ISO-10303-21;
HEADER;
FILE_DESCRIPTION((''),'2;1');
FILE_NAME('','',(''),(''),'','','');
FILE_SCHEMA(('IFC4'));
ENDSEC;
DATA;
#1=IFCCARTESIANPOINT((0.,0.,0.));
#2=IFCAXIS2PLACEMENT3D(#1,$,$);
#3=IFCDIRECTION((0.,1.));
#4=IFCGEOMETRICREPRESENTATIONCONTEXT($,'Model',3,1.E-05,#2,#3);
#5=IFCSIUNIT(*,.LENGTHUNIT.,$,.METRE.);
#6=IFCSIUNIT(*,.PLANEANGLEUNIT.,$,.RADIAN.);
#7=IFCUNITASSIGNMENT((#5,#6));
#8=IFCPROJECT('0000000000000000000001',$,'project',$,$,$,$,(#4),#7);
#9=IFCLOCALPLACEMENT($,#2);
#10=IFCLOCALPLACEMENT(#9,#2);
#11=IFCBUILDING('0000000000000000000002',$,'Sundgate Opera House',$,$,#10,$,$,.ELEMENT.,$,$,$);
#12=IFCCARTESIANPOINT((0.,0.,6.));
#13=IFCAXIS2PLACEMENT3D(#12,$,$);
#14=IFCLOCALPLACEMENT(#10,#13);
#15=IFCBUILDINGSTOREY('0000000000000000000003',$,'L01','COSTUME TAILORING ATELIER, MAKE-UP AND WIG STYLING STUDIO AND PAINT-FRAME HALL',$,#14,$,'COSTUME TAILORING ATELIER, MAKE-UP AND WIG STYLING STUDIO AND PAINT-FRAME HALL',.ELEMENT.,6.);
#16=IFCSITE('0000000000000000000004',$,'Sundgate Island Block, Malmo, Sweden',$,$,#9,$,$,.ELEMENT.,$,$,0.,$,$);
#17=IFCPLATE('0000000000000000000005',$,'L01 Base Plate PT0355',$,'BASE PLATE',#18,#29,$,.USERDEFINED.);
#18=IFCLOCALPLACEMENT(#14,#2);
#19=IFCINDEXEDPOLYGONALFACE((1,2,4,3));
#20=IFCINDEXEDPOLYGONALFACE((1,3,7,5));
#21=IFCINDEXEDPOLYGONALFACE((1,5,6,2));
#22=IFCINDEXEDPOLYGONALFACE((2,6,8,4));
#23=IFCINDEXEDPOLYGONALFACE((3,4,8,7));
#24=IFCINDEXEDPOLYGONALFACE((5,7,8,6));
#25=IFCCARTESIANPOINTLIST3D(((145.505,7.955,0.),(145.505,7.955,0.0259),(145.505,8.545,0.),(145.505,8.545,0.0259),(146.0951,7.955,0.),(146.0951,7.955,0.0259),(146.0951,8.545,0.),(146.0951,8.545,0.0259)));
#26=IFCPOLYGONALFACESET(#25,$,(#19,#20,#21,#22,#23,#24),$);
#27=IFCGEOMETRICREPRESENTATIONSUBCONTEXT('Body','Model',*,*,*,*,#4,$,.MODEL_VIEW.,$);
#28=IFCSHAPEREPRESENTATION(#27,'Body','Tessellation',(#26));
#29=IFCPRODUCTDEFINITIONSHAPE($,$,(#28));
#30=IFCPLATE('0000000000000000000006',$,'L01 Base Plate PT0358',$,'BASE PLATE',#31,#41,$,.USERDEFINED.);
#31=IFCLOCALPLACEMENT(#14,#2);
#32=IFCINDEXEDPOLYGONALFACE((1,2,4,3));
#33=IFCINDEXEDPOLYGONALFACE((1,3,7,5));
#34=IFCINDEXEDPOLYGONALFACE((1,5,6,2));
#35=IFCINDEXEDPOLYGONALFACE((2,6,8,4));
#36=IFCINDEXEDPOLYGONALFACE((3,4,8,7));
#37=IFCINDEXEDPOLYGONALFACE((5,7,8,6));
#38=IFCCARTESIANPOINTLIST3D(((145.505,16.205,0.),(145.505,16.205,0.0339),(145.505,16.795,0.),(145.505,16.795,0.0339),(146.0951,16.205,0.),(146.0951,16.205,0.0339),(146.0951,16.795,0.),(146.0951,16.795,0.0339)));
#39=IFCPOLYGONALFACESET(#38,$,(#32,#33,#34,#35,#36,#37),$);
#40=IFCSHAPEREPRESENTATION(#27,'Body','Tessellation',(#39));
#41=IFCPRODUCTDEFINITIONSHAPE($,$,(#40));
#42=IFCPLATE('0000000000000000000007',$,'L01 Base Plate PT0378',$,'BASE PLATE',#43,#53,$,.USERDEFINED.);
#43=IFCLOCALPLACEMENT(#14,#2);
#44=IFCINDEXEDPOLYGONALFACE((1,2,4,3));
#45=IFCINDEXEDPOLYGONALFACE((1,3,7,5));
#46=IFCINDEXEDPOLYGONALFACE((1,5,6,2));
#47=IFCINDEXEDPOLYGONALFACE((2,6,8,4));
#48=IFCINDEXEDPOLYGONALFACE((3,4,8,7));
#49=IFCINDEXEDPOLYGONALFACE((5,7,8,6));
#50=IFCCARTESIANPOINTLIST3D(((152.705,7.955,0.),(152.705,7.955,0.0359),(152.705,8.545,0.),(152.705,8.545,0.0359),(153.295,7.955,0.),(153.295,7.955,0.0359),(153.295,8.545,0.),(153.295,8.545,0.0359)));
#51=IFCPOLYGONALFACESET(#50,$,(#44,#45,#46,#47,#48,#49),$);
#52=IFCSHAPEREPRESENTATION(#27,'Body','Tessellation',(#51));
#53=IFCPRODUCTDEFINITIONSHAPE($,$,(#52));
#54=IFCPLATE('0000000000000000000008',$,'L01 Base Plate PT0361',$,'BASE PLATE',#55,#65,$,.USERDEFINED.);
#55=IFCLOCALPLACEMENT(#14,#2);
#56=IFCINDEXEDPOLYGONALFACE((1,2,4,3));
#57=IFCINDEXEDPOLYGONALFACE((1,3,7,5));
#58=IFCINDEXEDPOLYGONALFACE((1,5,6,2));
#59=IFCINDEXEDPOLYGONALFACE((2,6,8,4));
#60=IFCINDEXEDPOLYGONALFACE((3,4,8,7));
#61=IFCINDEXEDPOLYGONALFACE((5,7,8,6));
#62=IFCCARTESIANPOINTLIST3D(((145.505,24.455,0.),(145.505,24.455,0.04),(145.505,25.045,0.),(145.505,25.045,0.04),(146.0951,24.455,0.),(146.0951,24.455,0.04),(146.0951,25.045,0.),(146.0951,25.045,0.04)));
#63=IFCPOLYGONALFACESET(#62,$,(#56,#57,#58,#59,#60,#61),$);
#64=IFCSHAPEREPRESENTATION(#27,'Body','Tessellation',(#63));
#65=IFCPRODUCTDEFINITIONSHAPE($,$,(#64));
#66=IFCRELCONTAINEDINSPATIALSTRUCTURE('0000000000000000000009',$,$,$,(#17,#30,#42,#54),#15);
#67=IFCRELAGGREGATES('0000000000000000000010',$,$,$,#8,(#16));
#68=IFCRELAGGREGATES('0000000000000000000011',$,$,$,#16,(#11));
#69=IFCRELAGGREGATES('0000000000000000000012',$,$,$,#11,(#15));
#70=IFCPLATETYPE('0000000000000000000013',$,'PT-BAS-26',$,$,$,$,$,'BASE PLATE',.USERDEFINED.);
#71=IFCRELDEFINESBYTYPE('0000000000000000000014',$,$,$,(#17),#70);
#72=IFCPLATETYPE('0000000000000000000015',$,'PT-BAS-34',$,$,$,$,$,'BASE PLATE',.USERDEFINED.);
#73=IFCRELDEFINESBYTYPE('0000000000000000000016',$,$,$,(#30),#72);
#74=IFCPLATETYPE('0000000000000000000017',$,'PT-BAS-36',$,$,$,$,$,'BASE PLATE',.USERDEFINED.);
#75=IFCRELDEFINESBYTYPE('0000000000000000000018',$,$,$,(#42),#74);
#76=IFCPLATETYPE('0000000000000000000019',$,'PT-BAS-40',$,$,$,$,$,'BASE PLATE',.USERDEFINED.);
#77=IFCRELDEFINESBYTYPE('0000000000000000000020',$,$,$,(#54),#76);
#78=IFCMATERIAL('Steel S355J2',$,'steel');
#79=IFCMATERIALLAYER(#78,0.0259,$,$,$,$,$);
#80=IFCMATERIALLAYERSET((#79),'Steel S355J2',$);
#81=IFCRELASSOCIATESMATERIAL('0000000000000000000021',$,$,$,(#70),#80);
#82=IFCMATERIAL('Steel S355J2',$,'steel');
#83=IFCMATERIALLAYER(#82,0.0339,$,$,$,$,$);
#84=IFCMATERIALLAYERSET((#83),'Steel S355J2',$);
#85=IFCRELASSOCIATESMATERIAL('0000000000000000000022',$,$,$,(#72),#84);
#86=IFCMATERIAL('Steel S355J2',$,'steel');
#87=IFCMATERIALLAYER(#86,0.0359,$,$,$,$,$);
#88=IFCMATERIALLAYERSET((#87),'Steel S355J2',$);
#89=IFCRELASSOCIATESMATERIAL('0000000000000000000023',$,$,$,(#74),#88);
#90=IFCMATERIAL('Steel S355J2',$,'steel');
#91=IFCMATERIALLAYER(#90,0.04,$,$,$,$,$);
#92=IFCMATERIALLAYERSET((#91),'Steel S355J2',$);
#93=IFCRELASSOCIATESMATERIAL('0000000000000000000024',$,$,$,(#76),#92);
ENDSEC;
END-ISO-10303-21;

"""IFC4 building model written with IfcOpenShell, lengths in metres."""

from ifc_helpers import new_model, si_unit, direction, frame, origin, origin_2d, place, context, subcontext, project, spatial, rectangle, extrude, material, layer, layer_set, type_object, element, save


model = new_model("IFC4")

# Units and contexts
model_context = context("Model", 3, precision=1e-05, world=origin(), true_north=direction((0.0, 1.0)))
body_context = subcontext(model_context, "Body", "Model", "MODEL_VIEW")
ifc_project = project(units=[si_unit("LENGTHUNIT", "METRE"), si_unit("PLANEANGLEUNIT", "RADIAN")], contexts=[model_context])

# Site, building, storey
site_placement = place(None, origin())
site = spatial("IfcSite", under=ifc_project, at=site_placement, Name="Sundgate Island Block, Malmo, Sweden", CompositionType="ELEMENT", RefElevation=0.0)
building_placement = place(site_placement, origin())
building = spatial("IfcBuilding", under=site, at=building_placement, Name="Sundgate Opera House", CompositionType="ELEMENT")
storey_placement = place(building_placement, frame((0.0, 0.0, 6.0)))
storey = spatial("IfcBuildingStorey", under=building, at=storey_placement, Name="L01", Description="COSTUME TAILORING ATELIER, MAKE-UP AND WIG STYLING STUDIO AND PAINT-FRAME HALL", LongName="COSTUME TAILORING ATELIER, MAKE-UP AND WIG STYLING STUDIO AND PAINT-FRAME HALL", CompositionType="ELEMENT", Elevation=6.0)

# Plates
ifc_material_1 = material(Name="Steel S355J2", Category="steel")
ifc_layer_1 = layer(ifc_material_1, 0.0259)
ifc_layer_set_1 = layer_set([ifc_layer_1], Name="Steel S355J2")
plate_type_1 = type_object("IfcPlateType", Name="PT-BAS-26", ElementType="BASE PLATE", PredefinedType="USERDEFINED", material=ifc_layer_set_1)
plate_1_placement = place(storey_placement, frame((145.8, 8.25, 0.0), z_axis=(0.0, 0.0, 1.0), x_axis=(1.0, 0.0, 0.0)))
element("IfcPlate", 1, at=plate_1_placement, inside=storey, type_object=plate_type_1, Name="L01 Base Plate PT0355", ObjectType="BASE PLATE", PredefinedType="USERDEFINED", context=body_context, shape_type="SweptSolid", body=[
    extrude(rectangle(XDim=0.5901, YDim=0.5901, at=origin_2d()), origin(), (0.0, 0.0, 1.0), 0.0259),
])
ifc_material_2 = material(Name="Steel S355J2", Category="steel")
ifc_layer_2 = layer(ifc_material_2, 0.0339)
ifc_layer_set_2 = layer_set([ifc_layer_2], Name="Steel S355J2")
plate_type_2 = type_object("IfcPlateType", Name="PT-BAS-34", ElementType="BASE PLATE", PredefinedType="USERDEFINED", material=ifc_layer_set_2)
plate_2_placement = place(storey_placement, frame((145.8, 16.5, 0.0), z_axis=(0.0, 0.0, 1.0), x_axis=(1.0, 0.0, 0.0)))
element("IfcPlate", 2, at=plate_2_placement, inside=storey, type_object=plate_type_2, Name="L01 Base Plate PT0358", ObjectType="BASE PLATE", PredefinedType="USERDEFINED", context=body_context, shape_type="SweptSolid", body=[
    extrude(rectangle(XDim=0.5901, YDim=0.5901, at=origin_2d()), origin(), (0.0, 0.0, 1.0), 0.0339),
])
ifc_material_3 = material(Name="Steel S355J2", Category="steel")
ifc_layer_3 = layer(ifc_material_3, 0.0359)
ifc_layer_set_3 = layer_set([ifc_layer_3], Name="Steel S355J2")
plate_type_3 = type_object("IfcPlateType", Name="PT-BAS-36", ElementType="BASE PLATE", PredefinedType="USERDEFINED", material=ifc_layer_set_3)
plate_3_placement = place(storey_placement, frame((153.0, 8.25, 0.0), z_axis=(0.0, 0.0, 1.0), x_axis=(1.0, 0.0, 0.0)))
element("IfcPlate", 3, at=plate_3_placement, inside=storey, type_object=plate_type_3, Name="L01 Base Plate PT0378", ObjectType="BASE PLATE", PredefinedType="USERDEFINED", context=body_context, shape_type="SweptSolid", body=[
    extrude(rectangle(XDim=0.5901, YDim=0.5901, at=origin_2d()), origin(), (0.0, 0.0, 1.0), 0.0359),
])
ifc_material_4 = material(Name="Steel S355J2", Category="steel")
ifc_layer_4 = layer(ifc_material_4, 0.04)
ifc_layer_set_4 = layer_set([ifc_layer_4], Name="Steel S355J2")
plate_type_4 = type_object("IfcPlateType", Name="PT-BAS-40", ElementType="BASE PLATE", PredefinedType="USERDEFINED", material=ifc_layer_set_4)
plate_4_placement = place(storey_placement, frame((145.8, 24.75, 0.0), z_axis=(0.0, 0.0, 1.0), x_axis=(1.0, 0.0, 0.0)))
element("IfcPlate", 4, at=plate_4_placement, inside=storey, type_object=plate_type_4, Name="L01 Base Plate PT0361", ObjectType="BASE PLATE", PredefinedType="USERDEFINED", context=body_context, shape_type="SweptSolid", body=[
    extrude(rectangle(XDim=0.5901, YDim=0.5901, at=origin_2d()), origin(), (0.0, 0.0, 1.0), 0.04),
])

save(model, "model.ifc")
